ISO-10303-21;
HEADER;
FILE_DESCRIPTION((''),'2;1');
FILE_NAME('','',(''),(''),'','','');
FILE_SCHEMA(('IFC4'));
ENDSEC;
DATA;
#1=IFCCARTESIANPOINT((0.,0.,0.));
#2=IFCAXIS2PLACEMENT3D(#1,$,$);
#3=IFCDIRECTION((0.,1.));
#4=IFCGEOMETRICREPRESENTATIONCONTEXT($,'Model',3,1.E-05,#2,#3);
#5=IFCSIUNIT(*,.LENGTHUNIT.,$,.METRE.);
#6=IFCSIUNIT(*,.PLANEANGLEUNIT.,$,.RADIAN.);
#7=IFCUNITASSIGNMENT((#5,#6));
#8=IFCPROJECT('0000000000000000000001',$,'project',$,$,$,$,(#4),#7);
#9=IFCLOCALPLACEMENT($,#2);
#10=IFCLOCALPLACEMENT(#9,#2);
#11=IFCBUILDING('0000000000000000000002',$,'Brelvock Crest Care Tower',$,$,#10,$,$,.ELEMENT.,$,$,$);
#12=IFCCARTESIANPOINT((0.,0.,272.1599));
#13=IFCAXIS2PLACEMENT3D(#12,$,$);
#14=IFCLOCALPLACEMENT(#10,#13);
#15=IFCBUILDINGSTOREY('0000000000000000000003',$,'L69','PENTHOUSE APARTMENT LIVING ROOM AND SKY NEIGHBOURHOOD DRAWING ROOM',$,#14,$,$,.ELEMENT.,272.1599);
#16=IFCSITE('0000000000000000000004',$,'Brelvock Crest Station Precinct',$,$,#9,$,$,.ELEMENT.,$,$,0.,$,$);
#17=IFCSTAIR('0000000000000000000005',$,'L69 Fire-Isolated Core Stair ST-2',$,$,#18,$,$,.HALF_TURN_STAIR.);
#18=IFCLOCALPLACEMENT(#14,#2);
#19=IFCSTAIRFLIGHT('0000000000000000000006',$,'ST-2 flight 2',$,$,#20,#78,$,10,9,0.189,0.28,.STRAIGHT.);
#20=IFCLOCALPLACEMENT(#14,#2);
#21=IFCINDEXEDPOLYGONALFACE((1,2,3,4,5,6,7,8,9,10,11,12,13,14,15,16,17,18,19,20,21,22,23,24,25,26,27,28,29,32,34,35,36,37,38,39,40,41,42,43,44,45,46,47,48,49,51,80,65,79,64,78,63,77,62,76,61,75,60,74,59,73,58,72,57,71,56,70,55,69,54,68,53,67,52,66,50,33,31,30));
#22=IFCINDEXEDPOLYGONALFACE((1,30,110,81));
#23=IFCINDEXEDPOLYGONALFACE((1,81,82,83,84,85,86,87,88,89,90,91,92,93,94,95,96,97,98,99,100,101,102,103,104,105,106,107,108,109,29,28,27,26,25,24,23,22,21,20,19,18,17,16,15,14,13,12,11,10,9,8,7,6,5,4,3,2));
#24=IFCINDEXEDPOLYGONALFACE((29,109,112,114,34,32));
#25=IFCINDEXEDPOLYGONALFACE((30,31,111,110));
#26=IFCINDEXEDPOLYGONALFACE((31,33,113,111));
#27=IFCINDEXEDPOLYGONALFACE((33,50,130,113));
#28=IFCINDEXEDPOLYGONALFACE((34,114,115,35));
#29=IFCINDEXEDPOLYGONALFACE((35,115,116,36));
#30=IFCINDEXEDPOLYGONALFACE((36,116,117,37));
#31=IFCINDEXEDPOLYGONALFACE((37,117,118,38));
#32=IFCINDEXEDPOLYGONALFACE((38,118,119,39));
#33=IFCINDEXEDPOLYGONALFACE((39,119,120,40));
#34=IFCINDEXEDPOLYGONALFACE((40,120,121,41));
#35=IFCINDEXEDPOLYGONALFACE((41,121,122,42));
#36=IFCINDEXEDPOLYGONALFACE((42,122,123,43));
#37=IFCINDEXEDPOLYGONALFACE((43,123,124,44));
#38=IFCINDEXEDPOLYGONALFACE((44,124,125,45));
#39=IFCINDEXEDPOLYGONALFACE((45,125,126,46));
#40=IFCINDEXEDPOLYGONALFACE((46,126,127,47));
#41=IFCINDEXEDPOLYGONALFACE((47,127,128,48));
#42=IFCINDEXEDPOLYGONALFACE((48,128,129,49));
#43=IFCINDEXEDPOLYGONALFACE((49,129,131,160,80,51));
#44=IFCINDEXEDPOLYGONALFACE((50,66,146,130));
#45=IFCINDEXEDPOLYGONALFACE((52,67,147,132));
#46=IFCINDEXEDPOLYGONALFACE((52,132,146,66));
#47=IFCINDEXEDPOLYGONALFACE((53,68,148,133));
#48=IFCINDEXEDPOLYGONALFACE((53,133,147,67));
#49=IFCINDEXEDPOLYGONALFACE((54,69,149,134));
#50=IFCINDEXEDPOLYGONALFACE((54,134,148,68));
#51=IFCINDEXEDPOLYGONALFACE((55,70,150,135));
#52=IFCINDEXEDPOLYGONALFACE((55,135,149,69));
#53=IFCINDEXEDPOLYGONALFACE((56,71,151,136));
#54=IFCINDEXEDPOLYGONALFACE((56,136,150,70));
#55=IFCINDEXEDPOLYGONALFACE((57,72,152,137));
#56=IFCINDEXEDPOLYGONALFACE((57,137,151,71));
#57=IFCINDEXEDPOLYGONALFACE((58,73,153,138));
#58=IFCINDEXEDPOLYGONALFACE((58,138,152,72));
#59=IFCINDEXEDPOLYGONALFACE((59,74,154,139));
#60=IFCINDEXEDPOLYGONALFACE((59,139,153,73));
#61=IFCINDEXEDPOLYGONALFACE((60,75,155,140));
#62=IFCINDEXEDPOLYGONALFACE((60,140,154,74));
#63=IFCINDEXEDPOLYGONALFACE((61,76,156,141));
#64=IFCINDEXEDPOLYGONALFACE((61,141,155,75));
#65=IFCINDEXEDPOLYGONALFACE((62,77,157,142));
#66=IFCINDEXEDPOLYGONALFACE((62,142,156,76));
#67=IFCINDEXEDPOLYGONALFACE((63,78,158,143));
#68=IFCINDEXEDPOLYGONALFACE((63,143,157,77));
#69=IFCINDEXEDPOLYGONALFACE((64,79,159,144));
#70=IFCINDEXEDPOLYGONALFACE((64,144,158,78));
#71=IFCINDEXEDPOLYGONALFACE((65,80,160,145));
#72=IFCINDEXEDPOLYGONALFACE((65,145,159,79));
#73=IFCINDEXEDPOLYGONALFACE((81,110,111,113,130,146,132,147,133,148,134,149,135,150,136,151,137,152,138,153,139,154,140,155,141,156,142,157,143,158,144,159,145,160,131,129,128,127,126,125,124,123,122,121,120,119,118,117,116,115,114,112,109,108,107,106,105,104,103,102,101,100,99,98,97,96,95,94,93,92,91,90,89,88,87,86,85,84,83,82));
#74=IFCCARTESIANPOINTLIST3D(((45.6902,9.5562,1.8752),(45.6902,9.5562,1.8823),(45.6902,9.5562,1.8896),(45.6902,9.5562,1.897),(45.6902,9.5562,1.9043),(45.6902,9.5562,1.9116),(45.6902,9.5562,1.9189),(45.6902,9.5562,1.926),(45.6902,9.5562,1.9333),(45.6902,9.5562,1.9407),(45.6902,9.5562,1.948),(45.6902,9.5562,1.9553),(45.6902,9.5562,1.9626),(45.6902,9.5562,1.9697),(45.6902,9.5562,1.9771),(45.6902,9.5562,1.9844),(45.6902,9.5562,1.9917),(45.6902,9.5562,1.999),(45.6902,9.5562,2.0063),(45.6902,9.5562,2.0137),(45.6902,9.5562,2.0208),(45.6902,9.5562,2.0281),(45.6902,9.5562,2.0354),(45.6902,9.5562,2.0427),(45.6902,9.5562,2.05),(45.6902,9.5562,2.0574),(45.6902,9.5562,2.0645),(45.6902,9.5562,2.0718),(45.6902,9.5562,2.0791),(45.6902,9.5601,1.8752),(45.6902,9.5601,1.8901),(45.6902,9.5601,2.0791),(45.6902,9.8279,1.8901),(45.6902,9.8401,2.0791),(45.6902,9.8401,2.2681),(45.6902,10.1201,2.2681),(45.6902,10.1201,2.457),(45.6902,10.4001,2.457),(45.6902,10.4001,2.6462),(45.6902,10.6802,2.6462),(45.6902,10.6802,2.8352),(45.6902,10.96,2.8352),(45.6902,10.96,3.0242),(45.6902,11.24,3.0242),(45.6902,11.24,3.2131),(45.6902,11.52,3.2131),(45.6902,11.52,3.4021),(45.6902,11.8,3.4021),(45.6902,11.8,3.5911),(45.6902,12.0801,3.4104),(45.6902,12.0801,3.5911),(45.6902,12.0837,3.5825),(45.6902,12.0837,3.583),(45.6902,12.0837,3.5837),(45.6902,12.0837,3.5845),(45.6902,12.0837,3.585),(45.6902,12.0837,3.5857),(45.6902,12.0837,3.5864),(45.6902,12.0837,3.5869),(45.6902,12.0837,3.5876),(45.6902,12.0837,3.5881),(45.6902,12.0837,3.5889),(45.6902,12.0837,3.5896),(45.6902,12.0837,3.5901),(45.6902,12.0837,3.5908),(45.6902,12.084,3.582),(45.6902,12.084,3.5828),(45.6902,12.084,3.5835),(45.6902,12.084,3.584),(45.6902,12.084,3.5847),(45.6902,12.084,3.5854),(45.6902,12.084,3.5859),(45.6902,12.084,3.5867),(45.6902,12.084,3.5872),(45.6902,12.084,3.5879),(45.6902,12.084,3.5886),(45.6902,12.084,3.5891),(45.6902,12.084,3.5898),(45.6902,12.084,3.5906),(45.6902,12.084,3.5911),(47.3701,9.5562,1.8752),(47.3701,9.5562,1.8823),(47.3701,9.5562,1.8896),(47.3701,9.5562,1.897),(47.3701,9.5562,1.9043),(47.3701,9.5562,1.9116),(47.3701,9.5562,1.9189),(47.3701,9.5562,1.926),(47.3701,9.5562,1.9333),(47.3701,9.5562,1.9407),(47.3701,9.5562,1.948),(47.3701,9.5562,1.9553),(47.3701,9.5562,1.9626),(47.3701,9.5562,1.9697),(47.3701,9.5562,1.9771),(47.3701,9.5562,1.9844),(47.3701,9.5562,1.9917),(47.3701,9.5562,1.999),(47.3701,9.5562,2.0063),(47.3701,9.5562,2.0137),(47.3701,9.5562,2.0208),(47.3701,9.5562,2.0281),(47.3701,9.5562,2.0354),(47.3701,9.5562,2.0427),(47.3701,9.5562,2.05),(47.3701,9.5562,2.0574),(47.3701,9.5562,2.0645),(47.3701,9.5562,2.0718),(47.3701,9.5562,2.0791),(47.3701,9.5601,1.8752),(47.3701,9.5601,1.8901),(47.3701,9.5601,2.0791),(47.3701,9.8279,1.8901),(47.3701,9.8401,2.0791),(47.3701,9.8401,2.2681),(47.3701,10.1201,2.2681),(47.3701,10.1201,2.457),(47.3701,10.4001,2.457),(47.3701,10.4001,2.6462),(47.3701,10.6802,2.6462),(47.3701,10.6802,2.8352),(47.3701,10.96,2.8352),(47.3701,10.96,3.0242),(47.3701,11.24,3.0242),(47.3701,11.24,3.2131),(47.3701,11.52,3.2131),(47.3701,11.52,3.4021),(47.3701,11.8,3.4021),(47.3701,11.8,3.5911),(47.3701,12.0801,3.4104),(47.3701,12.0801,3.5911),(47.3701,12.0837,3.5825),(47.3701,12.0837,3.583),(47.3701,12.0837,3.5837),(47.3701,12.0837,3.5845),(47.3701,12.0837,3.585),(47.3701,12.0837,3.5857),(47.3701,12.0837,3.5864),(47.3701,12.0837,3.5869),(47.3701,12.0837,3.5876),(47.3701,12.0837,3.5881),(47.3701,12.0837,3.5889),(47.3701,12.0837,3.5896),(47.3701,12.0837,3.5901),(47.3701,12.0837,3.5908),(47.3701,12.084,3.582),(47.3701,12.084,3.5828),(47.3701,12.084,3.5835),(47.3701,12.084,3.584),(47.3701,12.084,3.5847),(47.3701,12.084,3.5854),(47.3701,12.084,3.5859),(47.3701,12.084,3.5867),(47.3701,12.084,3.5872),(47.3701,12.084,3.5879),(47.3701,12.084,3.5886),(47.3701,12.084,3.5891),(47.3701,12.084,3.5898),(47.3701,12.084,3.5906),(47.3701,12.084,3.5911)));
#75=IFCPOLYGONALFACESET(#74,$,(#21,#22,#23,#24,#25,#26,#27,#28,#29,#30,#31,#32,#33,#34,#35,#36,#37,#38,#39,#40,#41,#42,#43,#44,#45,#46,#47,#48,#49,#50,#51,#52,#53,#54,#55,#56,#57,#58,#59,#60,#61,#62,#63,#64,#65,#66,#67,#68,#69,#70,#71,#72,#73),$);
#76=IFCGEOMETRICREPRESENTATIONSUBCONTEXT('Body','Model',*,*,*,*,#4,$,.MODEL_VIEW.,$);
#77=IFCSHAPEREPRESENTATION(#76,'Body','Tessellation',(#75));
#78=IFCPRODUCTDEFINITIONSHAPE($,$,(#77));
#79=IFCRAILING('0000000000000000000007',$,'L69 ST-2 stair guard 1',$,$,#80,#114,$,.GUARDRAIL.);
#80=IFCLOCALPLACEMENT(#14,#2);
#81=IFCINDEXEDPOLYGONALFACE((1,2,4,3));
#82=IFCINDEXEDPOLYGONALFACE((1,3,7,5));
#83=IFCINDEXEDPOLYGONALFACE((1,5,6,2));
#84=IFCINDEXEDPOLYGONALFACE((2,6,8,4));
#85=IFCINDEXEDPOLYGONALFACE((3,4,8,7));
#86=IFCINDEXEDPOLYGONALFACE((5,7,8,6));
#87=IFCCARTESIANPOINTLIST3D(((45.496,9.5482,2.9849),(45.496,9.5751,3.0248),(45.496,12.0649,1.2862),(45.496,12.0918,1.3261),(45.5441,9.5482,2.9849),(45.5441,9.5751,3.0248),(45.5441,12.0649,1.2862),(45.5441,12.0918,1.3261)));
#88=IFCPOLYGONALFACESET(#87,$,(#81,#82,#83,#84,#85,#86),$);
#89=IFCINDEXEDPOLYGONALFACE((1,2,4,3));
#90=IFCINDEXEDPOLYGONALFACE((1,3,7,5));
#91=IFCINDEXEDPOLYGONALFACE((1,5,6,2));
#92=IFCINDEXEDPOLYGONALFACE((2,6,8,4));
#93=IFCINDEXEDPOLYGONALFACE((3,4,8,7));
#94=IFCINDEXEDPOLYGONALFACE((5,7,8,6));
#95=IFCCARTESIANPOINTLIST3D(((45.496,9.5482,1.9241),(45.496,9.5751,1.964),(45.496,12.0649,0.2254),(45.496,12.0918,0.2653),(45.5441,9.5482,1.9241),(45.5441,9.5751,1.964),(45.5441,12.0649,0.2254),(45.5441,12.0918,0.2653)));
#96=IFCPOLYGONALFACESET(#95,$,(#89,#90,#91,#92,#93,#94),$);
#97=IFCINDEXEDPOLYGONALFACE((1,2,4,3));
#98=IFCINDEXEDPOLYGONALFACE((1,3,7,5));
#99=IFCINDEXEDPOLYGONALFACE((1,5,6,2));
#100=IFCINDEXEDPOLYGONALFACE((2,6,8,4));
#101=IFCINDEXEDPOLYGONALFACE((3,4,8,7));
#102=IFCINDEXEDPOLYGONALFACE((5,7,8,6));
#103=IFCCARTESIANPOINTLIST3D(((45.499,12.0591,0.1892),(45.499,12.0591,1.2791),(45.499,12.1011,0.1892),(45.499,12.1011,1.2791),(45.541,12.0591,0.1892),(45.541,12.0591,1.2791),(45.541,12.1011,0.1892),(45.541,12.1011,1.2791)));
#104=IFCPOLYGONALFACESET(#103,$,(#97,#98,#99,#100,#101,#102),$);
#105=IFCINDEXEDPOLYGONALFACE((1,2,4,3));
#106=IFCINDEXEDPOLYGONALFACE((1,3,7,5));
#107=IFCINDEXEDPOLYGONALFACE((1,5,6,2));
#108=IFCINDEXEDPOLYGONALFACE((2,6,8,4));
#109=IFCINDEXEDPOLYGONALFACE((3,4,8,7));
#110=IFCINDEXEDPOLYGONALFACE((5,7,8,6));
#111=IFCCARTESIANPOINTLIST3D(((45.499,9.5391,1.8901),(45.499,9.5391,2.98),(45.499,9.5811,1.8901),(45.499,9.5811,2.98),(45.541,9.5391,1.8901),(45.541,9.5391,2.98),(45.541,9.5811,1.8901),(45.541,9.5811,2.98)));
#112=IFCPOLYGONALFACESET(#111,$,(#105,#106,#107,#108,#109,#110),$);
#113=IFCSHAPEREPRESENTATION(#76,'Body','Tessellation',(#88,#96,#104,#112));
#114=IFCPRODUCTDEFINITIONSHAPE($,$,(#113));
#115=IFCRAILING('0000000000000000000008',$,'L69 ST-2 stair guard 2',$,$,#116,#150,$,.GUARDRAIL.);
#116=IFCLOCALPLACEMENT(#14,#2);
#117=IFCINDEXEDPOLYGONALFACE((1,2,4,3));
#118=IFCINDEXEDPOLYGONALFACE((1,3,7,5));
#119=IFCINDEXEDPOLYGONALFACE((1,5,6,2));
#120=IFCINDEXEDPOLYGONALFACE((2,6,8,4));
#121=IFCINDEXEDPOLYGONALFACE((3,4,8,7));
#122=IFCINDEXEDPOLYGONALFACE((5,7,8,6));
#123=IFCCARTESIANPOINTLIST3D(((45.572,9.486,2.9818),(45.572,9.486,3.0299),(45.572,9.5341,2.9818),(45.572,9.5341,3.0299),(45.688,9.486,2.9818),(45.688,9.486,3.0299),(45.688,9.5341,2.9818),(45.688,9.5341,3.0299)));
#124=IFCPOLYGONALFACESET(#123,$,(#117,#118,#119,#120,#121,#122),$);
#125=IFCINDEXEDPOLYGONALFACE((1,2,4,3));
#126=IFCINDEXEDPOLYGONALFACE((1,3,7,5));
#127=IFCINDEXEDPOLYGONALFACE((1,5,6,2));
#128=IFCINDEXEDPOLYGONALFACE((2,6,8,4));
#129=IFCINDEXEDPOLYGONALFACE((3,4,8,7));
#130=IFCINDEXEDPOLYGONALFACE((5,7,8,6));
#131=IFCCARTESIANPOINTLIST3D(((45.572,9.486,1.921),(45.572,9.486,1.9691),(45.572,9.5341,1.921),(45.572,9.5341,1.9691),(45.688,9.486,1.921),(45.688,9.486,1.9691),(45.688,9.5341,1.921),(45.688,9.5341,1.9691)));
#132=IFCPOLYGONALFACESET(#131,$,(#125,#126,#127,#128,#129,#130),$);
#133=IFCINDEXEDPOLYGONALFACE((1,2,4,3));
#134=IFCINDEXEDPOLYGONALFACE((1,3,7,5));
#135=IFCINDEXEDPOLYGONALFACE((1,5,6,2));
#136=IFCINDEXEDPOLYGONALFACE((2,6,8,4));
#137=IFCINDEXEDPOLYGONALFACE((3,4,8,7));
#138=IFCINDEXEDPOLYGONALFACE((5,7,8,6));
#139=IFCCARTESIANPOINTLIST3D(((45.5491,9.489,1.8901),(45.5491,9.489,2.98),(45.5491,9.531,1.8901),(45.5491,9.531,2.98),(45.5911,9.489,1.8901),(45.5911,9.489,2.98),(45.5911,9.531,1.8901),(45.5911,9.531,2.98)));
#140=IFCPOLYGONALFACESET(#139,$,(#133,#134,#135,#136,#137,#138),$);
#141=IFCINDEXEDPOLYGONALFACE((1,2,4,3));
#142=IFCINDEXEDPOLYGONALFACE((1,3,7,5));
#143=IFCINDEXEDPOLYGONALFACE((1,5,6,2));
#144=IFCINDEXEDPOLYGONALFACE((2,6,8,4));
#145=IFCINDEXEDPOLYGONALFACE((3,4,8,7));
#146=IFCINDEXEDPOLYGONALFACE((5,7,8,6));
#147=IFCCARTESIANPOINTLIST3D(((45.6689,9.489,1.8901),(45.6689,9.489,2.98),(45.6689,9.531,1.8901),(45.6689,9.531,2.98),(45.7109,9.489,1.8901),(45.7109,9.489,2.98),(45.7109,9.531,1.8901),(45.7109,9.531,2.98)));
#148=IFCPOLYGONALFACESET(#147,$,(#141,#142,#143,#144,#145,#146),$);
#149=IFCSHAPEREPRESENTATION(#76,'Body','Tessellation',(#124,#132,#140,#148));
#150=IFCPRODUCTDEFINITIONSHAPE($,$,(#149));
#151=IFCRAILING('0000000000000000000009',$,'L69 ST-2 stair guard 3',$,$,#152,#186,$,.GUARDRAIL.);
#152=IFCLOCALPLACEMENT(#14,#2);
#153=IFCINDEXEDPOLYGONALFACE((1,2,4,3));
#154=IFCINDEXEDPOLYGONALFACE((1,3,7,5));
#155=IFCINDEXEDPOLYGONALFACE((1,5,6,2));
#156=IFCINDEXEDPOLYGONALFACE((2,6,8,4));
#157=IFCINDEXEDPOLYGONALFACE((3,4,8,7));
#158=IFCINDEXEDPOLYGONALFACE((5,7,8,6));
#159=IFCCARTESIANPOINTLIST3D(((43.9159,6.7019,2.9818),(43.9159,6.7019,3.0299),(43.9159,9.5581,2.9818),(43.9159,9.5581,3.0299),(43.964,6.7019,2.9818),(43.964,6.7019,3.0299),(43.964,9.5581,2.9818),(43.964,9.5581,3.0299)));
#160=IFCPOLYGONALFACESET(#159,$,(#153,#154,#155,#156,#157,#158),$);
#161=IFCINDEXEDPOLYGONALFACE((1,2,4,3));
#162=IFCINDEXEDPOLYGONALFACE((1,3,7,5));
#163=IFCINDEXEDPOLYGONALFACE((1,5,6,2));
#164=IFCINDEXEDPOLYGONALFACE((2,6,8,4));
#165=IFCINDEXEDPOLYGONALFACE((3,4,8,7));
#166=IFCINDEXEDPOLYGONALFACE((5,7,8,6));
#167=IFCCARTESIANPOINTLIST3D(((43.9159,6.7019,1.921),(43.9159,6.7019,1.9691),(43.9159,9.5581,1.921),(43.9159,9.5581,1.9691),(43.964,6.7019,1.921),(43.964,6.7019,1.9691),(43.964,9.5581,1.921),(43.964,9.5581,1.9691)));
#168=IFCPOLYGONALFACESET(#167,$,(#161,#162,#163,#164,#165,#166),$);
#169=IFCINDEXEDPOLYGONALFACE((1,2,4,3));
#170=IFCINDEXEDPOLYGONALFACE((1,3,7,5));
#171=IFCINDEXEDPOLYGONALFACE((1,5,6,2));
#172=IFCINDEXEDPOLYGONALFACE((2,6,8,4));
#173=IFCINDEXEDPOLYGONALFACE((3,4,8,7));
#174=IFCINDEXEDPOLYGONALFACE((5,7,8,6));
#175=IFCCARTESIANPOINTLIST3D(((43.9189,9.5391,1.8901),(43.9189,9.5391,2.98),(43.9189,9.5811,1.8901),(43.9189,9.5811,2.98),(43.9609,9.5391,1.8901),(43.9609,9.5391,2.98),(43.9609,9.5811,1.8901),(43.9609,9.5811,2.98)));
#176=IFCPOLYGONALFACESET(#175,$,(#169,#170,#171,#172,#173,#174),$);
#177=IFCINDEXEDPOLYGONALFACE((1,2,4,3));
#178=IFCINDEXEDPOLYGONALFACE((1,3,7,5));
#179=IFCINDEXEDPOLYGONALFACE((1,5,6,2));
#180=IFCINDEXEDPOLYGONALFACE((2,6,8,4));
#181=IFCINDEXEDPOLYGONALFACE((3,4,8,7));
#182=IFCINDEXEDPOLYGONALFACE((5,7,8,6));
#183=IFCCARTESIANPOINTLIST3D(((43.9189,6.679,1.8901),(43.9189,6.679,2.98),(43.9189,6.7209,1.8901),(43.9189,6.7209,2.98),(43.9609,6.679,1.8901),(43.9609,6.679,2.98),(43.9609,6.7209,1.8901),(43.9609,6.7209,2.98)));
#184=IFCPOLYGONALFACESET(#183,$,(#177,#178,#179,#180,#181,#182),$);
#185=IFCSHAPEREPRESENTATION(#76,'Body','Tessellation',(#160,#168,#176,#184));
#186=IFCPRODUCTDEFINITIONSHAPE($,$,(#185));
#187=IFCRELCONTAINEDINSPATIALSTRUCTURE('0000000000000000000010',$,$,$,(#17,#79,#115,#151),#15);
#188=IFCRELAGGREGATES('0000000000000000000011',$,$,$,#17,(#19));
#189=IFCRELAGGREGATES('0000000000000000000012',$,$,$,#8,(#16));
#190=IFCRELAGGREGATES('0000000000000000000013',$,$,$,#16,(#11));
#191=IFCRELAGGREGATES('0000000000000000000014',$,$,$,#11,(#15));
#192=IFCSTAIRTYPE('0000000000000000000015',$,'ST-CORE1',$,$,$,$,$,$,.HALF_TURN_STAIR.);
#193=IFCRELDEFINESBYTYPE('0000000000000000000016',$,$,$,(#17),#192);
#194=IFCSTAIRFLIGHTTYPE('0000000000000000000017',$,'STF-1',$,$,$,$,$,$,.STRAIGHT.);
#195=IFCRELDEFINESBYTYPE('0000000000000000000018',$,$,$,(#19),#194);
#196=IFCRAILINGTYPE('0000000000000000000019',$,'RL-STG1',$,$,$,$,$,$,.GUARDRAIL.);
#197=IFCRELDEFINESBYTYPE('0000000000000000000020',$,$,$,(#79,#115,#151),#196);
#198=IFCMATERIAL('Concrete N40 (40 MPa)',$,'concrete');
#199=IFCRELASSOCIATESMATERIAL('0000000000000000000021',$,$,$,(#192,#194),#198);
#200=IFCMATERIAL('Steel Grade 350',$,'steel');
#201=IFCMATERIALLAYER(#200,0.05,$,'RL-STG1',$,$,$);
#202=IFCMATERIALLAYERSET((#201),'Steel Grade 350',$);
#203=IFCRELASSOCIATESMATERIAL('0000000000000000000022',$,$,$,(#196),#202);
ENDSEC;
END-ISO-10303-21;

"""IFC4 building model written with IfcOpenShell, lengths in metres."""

from ifc_helpers import new_model, si_unit, direction, frame, origin, origin_2d, place, context, subcontext, project, spatial, polyline, rectangle, outline, extrude, material, layer, layer_set, type_object, element, aggregate, save


model = new_model("IFC4")

# Units and contexts
model_context = context("Model", 3, precision=1e-05, world=origin(), true_north=direction((0.0, 1.0)))
body_context = subcontext(model_context, "Body", "Model", "MODEL_VIEW")
ifc_project = project(units=[si_unit("LENGTHUNIT", "METRE"), si_unit("PLANEANGLEUNIT", "RADIAN")], contexts=[model_context])

# Site, building, storey
site_placement = place(None, origin())
site = spatial("IfcSite", under=ifc_project, at=site_placement, Name="Brelvock Crest Station Precinct", CompositionType="ELEMENT", RefElevation=0.0)
building_placement = place(site_placement, origin())
building = spatial("IfcBuilding", under=site, at=building_placement, Name="Brelvock Crest Care Tower", CompositionType="ELEMENT")
storey_placement = place(building_placement, frame((0.0, 0.0, 272.1599)))
storey = spatial("IfcBuildingStorey", under=building, at=storey_placement, Name="L69", Description="PENTHOUSE APARTMENT LIVING ROOM AND SKY NEIGHBOURHOOD DRAWING ROOM", CompositionType="ELEMENT", Elevation=272.1599)

# Shared definitions
ifc_material_1 = material(Name="Steel Grade 350", Category="steel")

# Stair, stair flight
ifc_material_2 = material(Name="Concrete N40 (40 MPa)", Category="concrete")
stair_type = type_object("IfcStairType", Name="ST-CORE1", PredefinedType="HALF_TURN_STAIR", material=ifc_material_2)
stair_placement = place(storey_placement, origin())
stair = element("IfcStair", 1, at=stair_placement, inside=storey, type_object=stair_type, Name="L69 Fire-Isolated Core Stair ST-2", PredefinedType="HALF_TURN_STAIR")
stair_flight_type = type_object("IfcStairFlightType", Name="STF-1", PredefinedType="STRAIGHT", material=ifc_material_2)
stair_flight_1_placement = place(storey_placement, frame((46.53, 9.5601, 1.8901), z_axis=(0.0, 0.0, 1.0), x_axis=(0.0, 1.0, 0.0)))
stair_flight_1 = element("IfcStairFlight", 2, at=stair_flight_1_placement, type_object=stair_flight_type, Name="ST-2 flight 2", NumberOfRisers=10, NumberOfTreads=9, PredefinedType="STRAIGHT", RiserHeight=0.189, TreadLength=0.28, context=body_context, shape_type="SweptSolid", body=[
    extrude(outline(polyline([(-0.0039, -0.0149), (-0.0039, -0.0078), (-0.0039, -0.0005), (-0.0039, 0.0068), (-0.0039, 0.0142), (-0.0039, 0.0215), (-0.0039, 0.0288), (-0.0039, 0.0359), (-0.0039, 0.0432), (-0.0039, 0.0505), (-0.0039, 0.0579), (-0.0039, 0.0652), (-0.0039, 0.0725), (-0.0039, 0.0796), (-0.0039, 0.0869), (-0.0039, 0.0942), (-0.0039, 0.1016), (-0.0039, 0.1089), (-0.0039, 0.1162), (-0.0039, 0.1235), (-0.0039, 0.1306), (-0.0039, 0.1379), (-0.0039, 0.1453), (-0.0039, 0.1526), (-0.0039, 0.1599), (-0.0039, 0.1672), (-0.0039, 0.1743), (-0.0039, 0.1816), (-0.0039, 0.189), (0.0, 0.189), (0.28, 0.189), (0.28, 0.3779), (0.5601, 0.3779), (0.5601, 0.5669), (0.8401, 0.5669), (0.8401, 0.7561), (1.1201, 0.7561), (1.1201, 0.9451), (1.3999, 0.9451), (1.3999, 1.134), (1.6799, 1.134), (1.6799, 1.323), (1.96, 1.323), (1.96, 1.512), (2.24, 1.512), (2.24, 1.7009), (2.52, 1.7009), (2.5239, 1.7009), (2.5237, 1.7007), (2.5239, 1.7004), (2.5237, 1.7), (2.5239, 1.6997), (2.5237, 1.6995), (2.5239, 1.699), (2.5237, 1.6987), (2.5239, 1.6985), (2.5237, 1.698), (2.5239, 1.6978), (2.5237, 1.6975), (2.5239, 1.697), (2.5237, 1.6968), (2.5239, 1.6965), (2.5237, 1.6963), (2.5239, 1.6958), (2.5237, 1.6956), (2.5239, 1.6953), (2.5237, 1.6948), (2.5239, 1.6946), (2.5237, 1.6943), (2.5239, 1.6938), (2.5237, 1.6936), (2.5239, 1.6934), (2.5237, 1.6929), (2.5239, 1.6926), (2.5237, 1.6924), (2.5239, 1.6919), (2.52, 1.5203), (0.2678, 0.0), (0.0, 0.0), (0.0, -0.0149), (-0.0039, -0.0149)])), frame((0.0, 0.8398, 0.0), z_axis=(0.0, -1.0, 0.0), x_axis=(1.0, 0.0, 0.0)), (0.0, 0.0, 1.0), 1.6799),
])
aggregate(stair, [stair_flight_1])

# Railings
ifc_layer_1 = layer(ifc_material_1, 0.05, Name="RL-STG1")
ifc_layer_set_1 = layer_set([ifc_layer_1], Name="Steel Grade 350")
railing_type_1 = type_object("IfcRailingType", Name="RL-STG1", PredefinedType="GUARDRAIL", material=ifc_layer_set_1)
railing_1_placement = place(storey_placement, frame((45.52, 12.0801, 0.1892)))
element("IfcRailing", 3, at=railing_1_placement, inside=storey, type_object=railing_type_1, Name="L69 ST-2 stair guard 1", PredefinedType="GUARDRAIL", context=body_context, shape_type="SweptSolid", body=[
    extrude(rectangle(XDim=0.0481, YDim=0.0481, at=origin_2d()), frame((0.0, -0.0017, 1.1169), z_axis=(0.0, -0.828862, 0.559454), x_axis=(1.0, 0.0, 0.0)), (0.0, 0.0, 1.0), 3.0364),
    extrude(rectangle(XDim=0.0481, YDim=0.0481, at=origin_2d()), frame((0.0, -0.0017, 0.0562), z_axis=(0.0, -0.828862, 0.559454), x_axis=(1.0, 0.0, 0.0)), (0.0, 0.0, 1.0), 3.0364),
    extrude(rectangle(XDim=0.042, YDim=0.042, at=origin_2d()), origin(), (0.0, 0.0, 1.0), 1.0898),
    extrude(rectangle(XDim=0.042, YDim=0.042, at=origin_2d()), frame((0.0, -2.52, 1.7009)), (0.0, 0.0, 1.0), 1.0898),
])
railing_2_placement = place(storey_placement, frame((45.5701, 9.51, 1.8901)))
element("IfcRailing", 4, at=railing_2_placement, inside=storey, type_object=railing_type_1, Name="L69 ST-2 stair guard 2", PredefinedType="GUARDRAIL", context=body_context, shape_type="SweptSolid", body=[
    extrude(rectangle(XDim=0.0481, YDim=0.0481, at=origin_2d()), frame((0.002, 0.0, 1.1157), z_axis=(1.0, 0.0, 0.0), x_axis=(0.0, 1.0, 0.0)), (0.0, 0.0, 1.0), 0.116),
    extrude(rectangle(XDim=0.0481, YDim=0.0481, at=origin_2d()), frame((0.002, 0.0, 0.0549), z_axis=(1.0, 0.0, 0.0), x_axis=(0.0, 1.0, 0.0)), (0.0, 0.0, 1.0), 0.116),
    extrude(rectangle(XDim=0.042, YDim=0.042, at=origin_2d()), origin(), (0.0, 0.0, 1.0), 1.0898),
    extrude(rectangle(XDim=0.042, YDim=0.042, at=origin_2d()), frame((0.1199, 0.0, 0.0)), (0.0, 0.0, 1.0), 1.0898),
])
for number, where, name in (
    (5, (43.9399, 9.5601, 1.8901), "L69 ST-2 stair guard 3"),
):
    element("IfcRailing", number, at=place(storey_placement, frame(where)), inside=storey, type_object=railing_type_1, Name=name, PredefinedType="GUARDRAIL", context=body_context, shape_type="SweptSolid", body=[
        extrude(rectangle(XDim=0.0481, YDim=0.0481, at=origin_2d()), frame((0.0, -0.002, 1.1157), z_axis=(0.0, -1.0, 0.0), x_axis=(1.0, 0.0, 0.0)), (0.0, 0.0, 1.0), 2.8562),
        extrude(rectangle(XDim=0.0481, YDim=0.0481, at=origin_2d()), frame((0.0, -0.002, 0.0549), z_axis=(0.0, -1.0, 0.0), x_axis=(1.0, 0.0, 0.0)), (0.0, 0.0, 1.0), 2.8562),
        extrude(rectangle(XDim=0.042, YDim=0.042, at=origin_2d()), origin(), (0.0, 0.0, 1.0), 1.0898),
        extrude(rectangle(XDim=0.042, YDim=0.042, at=origin_2d()), frame((0.0, -2.8601, 0.0)), (0.0, 0.0, 1.0), 1.0898),
    ])

save(model, "model.ifc")
